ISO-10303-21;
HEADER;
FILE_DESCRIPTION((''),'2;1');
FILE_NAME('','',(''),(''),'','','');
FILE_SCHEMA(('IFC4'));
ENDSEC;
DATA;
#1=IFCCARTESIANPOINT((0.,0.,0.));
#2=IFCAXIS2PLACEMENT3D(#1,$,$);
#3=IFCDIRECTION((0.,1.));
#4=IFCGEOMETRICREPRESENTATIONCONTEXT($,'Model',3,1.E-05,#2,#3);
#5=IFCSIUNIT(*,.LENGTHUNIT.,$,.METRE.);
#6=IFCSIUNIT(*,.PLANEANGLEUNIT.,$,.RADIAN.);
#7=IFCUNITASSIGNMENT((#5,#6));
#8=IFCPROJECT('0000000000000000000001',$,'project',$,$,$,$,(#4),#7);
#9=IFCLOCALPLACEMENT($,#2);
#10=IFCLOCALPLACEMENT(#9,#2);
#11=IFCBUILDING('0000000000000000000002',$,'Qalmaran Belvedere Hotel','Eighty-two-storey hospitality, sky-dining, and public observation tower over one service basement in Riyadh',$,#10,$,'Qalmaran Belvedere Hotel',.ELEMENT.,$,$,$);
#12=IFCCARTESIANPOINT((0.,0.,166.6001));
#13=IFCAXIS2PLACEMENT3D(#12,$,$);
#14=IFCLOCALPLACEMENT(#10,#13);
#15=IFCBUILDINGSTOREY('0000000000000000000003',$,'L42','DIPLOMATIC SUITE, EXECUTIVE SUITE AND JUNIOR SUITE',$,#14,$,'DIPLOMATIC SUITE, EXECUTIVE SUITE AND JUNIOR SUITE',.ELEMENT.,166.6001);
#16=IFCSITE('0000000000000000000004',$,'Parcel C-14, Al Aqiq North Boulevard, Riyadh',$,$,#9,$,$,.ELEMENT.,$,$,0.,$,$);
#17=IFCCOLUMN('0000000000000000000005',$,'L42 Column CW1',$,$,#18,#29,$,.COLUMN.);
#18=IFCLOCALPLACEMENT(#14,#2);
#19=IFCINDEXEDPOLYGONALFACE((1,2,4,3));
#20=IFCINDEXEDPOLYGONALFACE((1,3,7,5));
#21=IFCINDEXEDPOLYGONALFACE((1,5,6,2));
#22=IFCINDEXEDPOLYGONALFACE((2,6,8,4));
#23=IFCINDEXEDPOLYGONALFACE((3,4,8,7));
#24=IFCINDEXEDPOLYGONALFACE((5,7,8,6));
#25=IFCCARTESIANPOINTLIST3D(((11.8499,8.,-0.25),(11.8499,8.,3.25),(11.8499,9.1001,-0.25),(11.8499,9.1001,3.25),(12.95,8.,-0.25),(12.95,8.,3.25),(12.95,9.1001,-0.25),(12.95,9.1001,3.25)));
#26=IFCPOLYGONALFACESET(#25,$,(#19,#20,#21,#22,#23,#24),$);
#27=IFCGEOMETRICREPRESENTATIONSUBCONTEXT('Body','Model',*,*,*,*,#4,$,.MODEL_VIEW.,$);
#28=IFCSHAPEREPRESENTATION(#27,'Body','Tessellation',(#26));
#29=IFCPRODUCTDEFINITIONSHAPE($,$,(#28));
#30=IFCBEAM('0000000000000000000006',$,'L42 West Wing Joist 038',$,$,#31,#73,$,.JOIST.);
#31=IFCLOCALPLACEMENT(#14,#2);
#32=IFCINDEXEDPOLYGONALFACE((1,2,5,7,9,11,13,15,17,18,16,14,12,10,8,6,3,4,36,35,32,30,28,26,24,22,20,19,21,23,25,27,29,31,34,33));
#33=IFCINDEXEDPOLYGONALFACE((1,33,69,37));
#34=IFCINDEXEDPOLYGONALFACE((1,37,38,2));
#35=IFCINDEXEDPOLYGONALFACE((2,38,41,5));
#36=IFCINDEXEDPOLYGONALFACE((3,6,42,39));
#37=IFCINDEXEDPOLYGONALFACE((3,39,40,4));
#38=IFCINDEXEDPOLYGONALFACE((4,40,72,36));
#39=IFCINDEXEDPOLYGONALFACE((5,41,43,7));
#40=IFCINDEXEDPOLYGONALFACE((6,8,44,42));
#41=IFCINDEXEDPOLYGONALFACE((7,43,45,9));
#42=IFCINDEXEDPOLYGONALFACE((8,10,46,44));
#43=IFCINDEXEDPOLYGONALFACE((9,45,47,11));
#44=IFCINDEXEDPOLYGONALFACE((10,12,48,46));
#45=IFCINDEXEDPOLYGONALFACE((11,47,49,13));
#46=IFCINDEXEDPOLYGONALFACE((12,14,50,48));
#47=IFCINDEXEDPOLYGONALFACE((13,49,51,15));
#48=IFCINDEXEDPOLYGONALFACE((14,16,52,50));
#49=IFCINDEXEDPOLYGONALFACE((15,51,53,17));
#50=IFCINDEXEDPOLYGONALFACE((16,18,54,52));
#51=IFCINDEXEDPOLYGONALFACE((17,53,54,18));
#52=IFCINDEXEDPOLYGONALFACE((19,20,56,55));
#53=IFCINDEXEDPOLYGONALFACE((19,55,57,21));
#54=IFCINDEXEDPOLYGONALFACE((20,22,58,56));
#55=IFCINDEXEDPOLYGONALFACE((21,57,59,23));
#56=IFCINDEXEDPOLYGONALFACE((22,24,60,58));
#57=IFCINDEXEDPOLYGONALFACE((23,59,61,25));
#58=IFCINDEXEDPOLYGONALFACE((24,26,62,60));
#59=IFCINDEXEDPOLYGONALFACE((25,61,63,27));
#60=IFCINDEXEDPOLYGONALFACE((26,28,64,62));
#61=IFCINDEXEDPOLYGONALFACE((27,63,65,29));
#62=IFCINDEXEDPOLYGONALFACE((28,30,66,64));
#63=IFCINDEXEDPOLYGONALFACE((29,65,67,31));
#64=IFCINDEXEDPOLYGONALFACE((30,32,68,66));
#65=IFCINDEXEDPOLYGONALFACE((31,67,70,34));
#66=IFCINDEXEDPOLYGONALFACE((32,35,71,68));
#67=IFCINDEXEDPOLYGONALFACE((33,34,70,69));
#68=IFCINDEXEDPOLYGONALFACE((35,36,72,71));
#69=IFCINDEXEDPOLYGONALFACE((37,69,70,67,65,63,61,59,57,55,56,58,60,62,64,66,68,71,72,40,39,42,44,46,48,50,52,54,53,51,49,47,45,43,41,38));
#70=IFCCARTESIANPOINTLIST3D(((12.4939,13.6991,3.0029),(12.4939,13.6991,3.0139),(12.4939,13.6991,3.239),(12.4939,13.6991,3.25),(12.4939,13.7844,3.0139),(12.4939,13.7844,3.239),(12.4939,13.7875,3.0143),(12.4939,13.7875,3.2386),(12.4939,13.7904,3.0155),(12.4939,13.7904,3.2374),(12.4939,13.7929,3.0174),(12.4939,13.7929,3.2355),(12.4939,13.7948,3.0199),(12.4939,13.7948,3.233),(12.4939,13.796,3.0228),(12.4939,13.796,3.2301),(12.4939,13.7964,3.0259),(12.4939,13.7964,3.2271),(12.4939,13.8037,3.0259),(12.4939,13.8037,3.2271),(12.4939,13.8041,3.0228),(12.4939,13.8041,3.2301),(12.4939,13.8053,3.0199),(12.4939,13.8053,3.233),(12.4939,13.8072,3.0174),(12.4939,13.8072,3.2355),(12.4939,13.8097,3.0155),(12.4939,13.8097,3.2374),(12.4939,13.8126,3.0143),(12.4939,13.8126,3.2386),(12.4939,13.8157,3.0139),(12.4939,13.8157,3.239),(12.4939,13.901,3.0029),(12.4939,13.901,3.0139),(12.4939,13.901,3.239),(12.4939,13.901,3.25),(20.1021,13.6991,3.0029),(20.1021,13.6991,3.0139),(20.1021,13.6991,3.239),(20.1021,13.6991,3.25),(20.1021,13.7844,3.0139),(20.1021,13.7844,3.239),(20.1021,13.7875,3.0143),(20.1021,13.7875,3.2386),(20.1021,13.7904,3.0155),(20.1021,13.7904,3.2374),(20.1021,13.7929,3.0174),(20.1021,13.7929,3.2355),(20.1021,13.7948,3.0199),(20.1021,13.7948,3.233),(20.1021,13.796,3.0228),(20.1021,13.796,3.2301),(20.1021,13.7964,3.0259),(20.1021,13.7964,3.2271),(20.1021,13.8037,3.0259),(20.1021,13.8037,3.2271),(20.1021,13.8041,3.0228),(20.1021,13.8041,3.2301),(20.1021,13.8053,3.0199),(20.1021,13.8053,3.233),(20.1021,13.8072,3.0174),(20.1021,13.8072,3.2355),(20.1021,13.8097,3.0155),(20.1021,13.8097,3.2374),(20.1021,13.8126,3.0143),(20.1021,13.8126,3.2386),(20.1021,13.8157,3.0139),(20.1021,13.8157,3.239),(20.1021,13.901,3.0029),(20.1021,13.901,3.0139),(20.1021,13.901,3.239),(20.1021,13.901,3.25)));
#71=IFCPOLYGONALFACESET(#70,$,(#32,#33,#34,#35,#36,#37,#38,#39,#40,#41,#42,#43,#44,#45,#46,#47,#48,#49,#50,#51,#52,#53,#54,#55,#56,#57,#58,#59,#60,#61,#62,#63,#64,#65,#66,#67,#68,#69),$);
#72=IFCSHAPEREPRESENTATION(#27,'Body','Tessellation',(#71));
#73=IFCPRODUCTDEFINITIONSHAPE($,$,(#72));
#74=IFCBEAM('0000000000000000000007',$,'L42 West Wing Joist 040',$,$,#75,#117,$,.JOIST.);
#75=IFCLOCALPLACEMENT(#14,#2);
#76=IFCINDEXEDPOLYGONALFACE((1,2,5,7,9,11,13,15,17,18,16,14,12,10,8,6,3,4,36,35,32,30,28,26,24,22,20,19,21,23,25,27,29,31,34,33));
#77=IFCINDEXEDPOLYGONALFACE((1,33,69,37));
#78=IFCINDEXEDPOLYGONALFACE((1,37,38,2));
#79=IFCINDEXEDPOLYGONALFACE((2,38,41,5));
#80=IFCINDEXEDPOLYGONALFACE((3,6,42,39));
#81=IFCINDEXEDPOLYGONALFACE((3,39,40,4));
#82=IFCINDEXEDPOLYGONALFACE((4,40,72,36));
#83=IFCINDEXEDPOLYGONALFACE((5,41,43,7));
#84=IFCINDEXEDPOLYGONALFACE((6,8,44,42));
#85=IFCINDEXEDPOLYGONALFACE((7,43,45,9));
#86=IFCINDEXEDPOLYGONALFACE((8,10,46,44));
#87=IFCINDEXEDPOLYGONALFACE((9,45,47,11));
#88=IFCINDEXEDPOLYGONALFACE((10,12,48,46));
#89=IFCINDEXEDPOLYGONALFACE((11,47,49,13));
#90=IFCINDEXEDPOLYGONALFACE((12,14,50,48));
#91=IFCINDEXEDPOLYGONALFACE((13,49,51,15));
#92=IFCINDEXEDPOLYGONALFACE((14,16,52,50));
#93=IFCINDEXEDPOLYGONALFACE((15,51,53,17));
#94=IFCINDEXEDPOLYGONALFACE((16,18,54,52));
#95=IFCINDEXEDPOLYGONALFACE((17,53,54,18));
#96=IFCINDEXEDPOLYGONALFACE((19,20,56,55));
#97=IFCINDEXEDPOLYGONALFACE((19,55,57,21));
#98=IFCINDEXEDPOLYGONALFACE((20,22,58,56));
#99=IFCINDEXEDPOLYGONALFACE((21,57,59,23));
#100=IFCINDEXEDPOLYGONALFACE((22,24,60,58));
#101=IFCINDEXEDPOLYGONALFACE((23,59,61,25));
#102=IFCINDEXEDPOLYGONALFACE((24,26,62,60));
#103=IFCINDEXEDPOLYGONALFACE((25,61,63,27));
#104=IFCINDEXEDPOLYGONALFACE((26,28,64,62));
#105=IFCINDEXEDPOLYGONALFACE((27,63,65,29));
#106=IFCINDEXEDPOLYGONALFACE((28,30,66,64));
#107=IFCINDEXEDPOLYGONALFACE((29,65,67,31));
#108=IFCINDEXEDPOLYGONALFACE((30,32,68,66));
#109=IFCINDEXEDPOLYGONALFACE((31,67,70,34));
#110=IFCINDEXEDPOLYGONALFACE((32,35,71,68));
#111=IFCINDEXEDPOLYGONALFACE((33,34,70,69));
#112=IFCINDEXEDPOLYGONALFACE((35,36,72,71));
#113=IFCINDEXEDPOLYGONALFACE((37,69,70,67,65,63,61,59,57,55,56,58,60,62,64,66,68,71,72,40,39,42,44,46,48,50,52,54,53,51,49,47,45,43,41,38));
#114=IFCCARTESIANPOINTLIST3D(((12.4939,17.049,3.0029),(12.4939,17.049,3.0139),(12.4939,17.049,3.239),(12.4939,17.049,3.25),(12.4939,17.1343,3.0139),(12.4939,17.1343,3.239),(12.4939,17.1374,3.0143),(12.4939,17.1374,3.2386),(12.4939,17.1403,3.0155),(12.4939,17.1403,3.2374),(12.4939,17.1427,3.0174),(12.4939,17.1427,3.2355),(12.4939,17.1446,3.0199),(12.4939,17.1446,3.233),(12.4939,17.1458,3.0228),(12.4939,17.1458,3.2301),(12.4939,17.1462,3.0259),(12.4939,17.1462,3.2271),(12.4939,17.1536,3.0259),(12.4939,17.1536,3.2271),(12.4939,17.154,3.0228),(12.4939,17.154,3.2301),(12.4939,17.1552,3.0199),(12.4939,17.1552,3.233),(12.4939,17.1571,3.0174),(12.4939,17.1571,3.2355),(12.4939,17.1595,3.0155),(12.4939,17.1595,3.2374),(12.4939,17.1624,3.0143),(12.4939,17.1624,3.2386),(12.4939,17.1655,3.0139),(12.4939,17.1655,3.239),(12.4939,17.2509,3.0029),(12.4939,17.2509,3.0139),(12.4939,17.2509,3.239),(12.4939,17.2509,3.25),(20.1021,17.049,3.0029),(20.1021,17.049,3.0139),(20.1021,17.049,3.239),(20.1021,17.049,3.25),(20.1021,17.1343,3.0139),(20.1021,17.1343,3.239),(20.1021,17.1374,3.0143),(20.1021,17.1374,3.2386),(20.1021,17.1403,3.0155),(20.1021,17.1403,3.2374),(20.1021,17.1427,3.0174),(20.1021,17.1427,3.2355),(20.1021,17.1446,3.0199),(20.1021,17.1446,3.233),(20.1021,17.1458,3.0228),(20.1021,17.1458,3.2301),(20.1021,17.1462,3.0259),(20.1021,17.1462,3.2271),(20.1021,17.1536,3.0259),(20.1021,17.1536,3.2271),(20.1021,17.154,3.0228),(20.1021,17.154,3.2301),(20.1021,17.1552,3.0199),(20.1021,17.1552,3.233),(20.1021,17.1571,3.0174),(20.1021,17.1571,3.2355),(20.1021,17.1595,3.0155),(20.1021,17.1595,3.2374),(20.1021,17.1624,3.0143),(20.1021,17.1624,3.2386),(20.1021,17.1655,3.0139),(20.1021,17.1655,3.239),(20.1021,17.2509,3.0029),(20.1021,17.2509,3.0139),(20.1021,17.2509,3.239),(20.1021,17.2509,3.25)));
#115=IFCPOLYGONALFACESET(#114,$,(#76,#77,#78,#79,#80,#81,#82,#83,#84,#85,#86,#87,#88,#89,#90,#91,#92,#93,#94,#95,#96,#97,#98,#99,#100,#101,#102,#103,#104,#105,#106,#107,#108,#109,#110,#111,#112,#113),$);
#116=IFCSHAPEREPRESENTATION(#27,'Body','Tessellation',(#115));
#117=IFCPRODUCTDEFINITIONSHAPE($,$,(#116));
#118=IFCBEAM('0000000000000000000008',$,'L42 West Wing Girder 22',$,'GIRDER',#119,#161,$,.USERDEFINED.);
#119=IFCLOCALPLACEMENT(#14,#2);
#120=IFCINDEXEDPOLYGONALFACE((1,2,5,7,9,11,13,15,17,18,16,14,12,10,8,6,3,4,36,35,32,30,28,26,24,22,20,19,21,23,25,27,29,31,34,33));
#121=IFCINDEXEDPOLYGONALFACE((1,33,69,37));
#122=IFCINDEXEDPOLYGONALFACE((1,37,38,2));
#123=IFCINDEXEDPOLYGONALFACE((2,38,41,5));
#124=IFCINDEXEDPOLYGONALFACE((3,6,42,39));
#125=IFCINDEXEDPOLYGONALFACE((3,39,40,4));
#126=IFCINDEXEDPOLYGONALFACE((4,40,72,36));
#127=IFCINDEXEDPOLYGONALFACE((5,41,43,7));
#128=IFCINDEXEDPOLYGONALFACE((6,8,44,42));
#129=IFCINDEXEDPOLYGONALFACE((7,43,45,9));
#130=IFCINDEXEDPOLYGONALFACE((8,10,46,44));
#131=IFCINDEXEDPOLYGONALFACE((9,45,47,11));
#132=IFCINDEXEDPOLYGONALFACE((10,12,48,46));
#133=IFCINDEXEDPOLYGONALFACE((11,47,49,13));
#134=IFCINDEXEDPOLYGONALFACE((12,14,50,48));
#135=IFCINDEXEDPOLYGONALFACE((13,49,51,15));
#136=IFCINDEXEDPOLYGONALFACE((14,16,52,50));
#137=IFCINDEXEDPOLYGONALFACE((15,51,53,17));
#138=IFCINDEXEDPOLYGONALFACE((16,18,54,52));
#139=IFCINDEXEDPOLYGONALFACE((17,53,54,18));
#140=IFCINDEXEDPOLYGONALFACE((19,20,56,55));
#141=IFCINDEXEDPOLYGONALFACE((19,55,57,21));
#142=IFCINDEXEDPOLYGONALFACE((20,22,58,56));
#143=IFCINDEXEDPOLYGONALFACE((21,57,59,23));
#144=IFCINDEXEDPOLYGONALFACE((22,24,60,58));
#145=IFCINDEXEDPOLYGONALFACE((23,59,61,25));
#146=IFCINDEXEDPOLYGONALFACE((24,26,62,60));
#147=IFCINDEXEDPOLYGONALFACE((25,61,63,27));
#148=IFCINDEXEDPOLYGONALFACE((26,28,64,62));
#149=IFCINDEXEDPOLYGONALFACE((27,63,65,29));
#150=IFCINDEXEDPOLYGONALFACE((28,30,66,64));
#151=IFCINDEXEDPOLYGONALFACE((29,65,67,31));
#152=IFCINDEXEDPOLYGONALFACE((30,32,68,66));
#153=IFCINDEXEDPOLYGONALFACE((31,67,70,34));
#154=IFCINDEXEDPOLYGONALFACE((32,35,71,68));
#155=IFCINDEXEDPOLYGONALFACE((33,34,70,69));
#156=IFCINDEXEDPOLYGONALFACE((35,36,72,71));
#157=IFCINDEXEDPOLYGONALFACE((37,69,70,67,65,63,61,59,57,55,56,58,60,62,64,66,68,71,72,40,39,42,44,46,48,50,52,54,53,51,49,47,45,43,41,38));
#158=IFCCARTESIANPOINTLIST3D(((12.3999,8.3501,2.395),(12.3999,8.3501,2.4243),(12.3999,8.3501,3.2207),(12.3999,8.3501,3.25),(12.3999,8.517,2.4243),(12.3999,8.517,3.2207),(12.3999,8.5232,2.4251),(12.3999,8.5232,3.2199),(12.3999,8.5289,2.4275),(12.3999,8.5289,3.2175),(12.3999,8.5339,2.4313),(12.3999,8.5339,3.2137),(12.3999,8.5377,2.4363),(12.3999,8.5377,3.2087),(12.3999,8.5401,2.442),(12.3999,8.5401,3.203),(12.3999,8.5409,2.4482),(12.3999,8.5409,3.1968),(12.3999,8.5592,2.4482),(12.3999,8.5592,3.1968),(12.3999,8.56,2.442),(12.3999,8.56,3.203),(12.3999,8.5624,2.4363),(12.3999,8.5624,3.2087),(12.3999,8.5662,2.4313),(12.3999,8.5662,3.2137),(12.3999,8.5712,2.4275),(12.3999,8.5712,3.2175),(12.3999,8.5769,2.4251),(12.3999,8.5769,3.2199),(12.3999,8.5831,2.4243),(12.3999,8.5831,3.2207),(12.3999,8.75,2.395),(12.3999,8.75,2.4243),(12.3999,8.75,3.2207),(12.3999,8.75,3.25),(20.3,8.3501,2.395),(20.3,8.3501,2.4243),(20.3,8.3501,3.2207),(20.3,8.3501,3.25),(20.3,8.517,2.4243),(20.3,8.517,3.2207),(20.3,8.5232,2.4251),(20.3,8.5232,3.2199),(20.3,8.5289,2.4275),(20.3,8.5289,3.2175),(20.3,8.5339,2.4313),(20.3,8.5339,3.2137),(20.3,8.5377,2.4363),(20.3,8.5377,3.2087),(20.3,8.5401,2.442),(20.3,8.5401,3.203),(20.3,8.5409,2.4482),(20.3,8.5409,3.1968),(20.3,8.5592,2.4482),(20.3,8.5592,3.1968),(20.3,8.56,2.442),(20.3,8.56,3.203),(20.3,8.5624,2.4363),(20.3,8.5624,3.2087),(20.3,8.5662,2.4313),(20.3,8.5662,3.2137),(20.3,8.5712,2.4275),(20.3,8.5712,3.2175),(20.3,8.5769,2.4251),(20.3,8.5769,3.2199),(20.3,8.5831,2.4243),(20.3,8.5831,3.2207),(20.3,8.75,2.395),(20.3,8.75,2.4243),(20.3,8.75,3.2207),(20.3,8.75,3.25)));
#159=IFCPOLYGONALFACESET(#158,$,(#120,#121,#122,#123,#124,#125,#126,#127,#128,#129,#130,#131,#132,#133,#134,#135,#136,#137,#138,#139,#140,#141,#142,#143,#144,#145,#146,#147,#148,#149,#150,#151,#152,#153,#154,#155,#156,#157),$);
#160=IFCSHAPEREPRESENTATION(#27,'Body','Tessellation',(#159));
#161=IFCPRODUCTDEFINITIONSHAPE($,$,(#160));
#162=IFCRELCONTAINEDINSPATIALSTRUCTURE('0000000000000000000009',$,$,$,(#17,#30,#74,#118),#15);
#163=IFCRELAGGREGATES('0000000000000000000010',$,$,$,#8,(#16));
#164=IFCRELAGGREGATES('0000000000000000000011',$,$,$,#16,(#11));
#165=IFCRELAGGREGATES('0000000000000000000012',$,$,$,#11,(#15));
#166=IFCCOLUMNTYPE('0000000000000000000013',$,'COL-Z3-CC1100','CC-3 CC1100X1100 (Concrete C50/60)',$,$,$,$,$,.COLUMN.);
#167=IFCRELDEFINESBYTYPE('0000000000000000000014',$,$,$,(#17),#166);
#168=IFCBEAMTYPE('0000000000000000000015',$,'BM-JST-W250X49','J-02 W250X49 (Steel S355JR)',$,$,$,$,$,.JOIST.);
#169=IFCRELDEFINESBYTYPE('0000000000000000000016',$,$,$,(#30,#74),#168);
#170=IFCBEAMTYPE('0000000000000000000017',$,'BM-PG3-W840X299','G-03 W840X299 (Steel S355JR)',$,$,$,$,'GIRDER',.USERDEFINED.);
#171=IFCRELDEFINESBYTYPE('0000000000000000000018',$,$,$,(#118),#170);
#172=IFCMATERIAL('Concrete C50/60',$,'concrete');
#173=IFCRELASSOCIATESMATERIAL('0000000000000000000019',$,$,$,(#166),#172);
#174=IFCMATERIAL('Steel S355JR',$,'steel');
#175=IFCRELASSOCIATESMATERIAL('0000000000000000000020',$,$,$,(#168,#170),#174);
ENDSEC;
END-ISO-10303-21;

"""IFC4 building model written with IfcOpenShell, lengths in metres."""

from ifc_helpers import new_model, si_unit, direction, frame, origin, origin_2d, place, context, subcontext, project, spatial, rectangle, i_section, extrude, material, material_profile, profile_set, type_object, element, save


model = new_model("IFC4")

# Units and contexts
model_context = context("Model", 3, precision=1e-05, world=origin(), true_north=direction((0.0, 1.0)))
body_context = subcontext(model_context, "Body", "Model", "MODEL_VIEW")
ifc_project = project(units=[si_unit("LENGTHUNIT", "METRE"), si_unit("PLANEANGLEUNIT", "RADIAN")], contexts=[model_context])

# Site, building, storey
site_placement = place(None, origin())
site = spatial("IfcSite", under=ifc_project, at=site_placement, Name="Parcel C-14, Al Aqiq North Boulevard, Riyadh", CompositionType="ELEMENT", RefElevation=0.0)
building_placement = place(site_placement, origin())
building = spatial("IfcBuilding", under=site, at=building_placement, Name="Qalmaran Belvedere Hotel", Description="Eighty-two-storey hospitality, sky-dining, and public observation tower over one service basement in Riyadh", LongName="Qalmaran Belvedere Hotel", CompositionType="ELEMENT")
storey_placement = place(building_placement, frame((0.0, 0.0, 166.6001)))
storey = spatial("IfcBuildingStorey", under=building, at=storey_placement, Name="L42", Description="DIPLOMATIC SUITE, EXECUTIVE SUITE AND JUNIOR SUITE", LongName="DIPLOMATIC SUITE, EXECUTIVE SUITE AND JUNIOR SUITE", CompositionType="ELEMENT", Elevation=166.6001)

# Column
ifc_material_1 = material(Name="Concrete C50/60", Category="concrete")
ifc_material_profile_1 = material_profile(ifc_material_1, rectangle(XDim=1.1001, YDim=1.1001, at=origin_2d()), Name="CC1100X1100")
ifc_profile_set_1 = profile_set([ifc_material_profile_1], Name="Concrete C50/60")
column_type = type_object("IfcColumnType", Name="COL-Z3-CC1100", Description="CC-3 CC1100X1100 (Concrete C50/60)", PredefinedType="COLUMN", material=ifc_profile_set_1)
column_placement = place(storey_placement, frame((12.3999, 8.55, -0.25), z_axis=(0.0, 0.0, 1.0), x_axis=(1.0, 0.0, 0.0)))
element("IfcColumn", 1, at=column_placement, inside=storey, type_object=column_type, Name="L42 Column CW1", PredefinedType="COLUMN", context=body_context, shape_type="SweptSolid", body=[
    extrude(rectangle(XDim=1.1001, YDim=1.1001, at=origin_2d()), origin(), (0.0, 0.0, 1.0), 3.5),
])

# Beams
ifc_material_2 = material(Name="Steel S355JR", Category="steel")
ifc_material_profile_2 = material_profile(ifc_material_2, i_section(OverallWidth=0.2019, OverallDepth=0.2471, WebThickness=0.0073, FlangeThickness=0.011, FilletRadius=0.012, at=origin_2d()), Name="W250X49")
ifc_profile_set_2 = profile_set([ifc_material_profile_2], Name="Steel S355JR")
beam_type_1 = type_object("IfcBeamType", Name="BM-JST-W250X49", Description="J-02 W250X49 (Steel S355JR)", PredefinedType="JOIST", material=ifc_profile_set_2)
for number, where, z_axis, x_axis, name in (
    (2, (12.4939, 13.8, 3.1265), (1.0, 0.0, 0.0), (0.0, 1.0, 0.0), "L42 West Wing Joist 038"),
    (3, (12.4939, 17.1499, 3.1265), (1.0, 0.0, 0.0), (0.0, 1.0, 0.0), "L42 West Wing Joist 040"),
):
    element("IfcBeam", number, at=place(storey_placement, frame(where, z_axis=z_axis, x_axis=x_axis)), inside=storey, type_object=beam_type_1, Name=name, PredefinedType="JOIST", context=body_context, shape_type="SweptSolid", body=[
        extrude(i_section(OverallWidth=0.2019, OverallDepth=0.2471, WebThickness=0.0073, FlangeThickness=0.011, FilletRadius=0.012, at=origin_2d()), origin(), (0.0, 0.0, 1.0), 7.6082),
    ])
ifc_material_profile_3 = material_profile(ifc_material_2, i_section(OverallWidth=0.3999, OverallDepth=0.855, WebThickness=0.0183, FlangeThickness=0.0293, FilletRadius=0.0239, at=origin_2d()), Name="W840X299")
ifc_profile_set_3 = profile_set([ifc_material_profile_3], Name="Steel S355JR")
beam_type_2 = type_object("IfcBeamType", Name="BM-PG3-W840X299", Description="G-03 W840X299 (Steel S355JR)", ElementType="GIRDER", PredefinedType="USERDEFINED", material=ifc_profile_set_3)
beam_1_placement = place(storey_placement, frame((12.3999, 8.55, 2.8225), z_axis=(1.0, 0.0, 0.0), x_axis=(0.0, 1.0, 0.0)))
element("IfcBeam", 4, at=beam_1_placement, inside=storey, type_object=beam_type_2, Name="L42 West Wing Girder 22", ObjectType="GIRDER", PredefinedType="USERDEFINED", context=body_context, shape_type="SweptSolid", body=[
    extrude(i_section(OverallWidth=0.3999, OverallDepth=0.855, WebThickness=0.0183, FlangeThickness=0.0293, FilletRadius=0.0239, at=origin_2d()), origin(), (0.0, 0.0, 1.0), 7.9001),
])

save(model, "model.ifc")
